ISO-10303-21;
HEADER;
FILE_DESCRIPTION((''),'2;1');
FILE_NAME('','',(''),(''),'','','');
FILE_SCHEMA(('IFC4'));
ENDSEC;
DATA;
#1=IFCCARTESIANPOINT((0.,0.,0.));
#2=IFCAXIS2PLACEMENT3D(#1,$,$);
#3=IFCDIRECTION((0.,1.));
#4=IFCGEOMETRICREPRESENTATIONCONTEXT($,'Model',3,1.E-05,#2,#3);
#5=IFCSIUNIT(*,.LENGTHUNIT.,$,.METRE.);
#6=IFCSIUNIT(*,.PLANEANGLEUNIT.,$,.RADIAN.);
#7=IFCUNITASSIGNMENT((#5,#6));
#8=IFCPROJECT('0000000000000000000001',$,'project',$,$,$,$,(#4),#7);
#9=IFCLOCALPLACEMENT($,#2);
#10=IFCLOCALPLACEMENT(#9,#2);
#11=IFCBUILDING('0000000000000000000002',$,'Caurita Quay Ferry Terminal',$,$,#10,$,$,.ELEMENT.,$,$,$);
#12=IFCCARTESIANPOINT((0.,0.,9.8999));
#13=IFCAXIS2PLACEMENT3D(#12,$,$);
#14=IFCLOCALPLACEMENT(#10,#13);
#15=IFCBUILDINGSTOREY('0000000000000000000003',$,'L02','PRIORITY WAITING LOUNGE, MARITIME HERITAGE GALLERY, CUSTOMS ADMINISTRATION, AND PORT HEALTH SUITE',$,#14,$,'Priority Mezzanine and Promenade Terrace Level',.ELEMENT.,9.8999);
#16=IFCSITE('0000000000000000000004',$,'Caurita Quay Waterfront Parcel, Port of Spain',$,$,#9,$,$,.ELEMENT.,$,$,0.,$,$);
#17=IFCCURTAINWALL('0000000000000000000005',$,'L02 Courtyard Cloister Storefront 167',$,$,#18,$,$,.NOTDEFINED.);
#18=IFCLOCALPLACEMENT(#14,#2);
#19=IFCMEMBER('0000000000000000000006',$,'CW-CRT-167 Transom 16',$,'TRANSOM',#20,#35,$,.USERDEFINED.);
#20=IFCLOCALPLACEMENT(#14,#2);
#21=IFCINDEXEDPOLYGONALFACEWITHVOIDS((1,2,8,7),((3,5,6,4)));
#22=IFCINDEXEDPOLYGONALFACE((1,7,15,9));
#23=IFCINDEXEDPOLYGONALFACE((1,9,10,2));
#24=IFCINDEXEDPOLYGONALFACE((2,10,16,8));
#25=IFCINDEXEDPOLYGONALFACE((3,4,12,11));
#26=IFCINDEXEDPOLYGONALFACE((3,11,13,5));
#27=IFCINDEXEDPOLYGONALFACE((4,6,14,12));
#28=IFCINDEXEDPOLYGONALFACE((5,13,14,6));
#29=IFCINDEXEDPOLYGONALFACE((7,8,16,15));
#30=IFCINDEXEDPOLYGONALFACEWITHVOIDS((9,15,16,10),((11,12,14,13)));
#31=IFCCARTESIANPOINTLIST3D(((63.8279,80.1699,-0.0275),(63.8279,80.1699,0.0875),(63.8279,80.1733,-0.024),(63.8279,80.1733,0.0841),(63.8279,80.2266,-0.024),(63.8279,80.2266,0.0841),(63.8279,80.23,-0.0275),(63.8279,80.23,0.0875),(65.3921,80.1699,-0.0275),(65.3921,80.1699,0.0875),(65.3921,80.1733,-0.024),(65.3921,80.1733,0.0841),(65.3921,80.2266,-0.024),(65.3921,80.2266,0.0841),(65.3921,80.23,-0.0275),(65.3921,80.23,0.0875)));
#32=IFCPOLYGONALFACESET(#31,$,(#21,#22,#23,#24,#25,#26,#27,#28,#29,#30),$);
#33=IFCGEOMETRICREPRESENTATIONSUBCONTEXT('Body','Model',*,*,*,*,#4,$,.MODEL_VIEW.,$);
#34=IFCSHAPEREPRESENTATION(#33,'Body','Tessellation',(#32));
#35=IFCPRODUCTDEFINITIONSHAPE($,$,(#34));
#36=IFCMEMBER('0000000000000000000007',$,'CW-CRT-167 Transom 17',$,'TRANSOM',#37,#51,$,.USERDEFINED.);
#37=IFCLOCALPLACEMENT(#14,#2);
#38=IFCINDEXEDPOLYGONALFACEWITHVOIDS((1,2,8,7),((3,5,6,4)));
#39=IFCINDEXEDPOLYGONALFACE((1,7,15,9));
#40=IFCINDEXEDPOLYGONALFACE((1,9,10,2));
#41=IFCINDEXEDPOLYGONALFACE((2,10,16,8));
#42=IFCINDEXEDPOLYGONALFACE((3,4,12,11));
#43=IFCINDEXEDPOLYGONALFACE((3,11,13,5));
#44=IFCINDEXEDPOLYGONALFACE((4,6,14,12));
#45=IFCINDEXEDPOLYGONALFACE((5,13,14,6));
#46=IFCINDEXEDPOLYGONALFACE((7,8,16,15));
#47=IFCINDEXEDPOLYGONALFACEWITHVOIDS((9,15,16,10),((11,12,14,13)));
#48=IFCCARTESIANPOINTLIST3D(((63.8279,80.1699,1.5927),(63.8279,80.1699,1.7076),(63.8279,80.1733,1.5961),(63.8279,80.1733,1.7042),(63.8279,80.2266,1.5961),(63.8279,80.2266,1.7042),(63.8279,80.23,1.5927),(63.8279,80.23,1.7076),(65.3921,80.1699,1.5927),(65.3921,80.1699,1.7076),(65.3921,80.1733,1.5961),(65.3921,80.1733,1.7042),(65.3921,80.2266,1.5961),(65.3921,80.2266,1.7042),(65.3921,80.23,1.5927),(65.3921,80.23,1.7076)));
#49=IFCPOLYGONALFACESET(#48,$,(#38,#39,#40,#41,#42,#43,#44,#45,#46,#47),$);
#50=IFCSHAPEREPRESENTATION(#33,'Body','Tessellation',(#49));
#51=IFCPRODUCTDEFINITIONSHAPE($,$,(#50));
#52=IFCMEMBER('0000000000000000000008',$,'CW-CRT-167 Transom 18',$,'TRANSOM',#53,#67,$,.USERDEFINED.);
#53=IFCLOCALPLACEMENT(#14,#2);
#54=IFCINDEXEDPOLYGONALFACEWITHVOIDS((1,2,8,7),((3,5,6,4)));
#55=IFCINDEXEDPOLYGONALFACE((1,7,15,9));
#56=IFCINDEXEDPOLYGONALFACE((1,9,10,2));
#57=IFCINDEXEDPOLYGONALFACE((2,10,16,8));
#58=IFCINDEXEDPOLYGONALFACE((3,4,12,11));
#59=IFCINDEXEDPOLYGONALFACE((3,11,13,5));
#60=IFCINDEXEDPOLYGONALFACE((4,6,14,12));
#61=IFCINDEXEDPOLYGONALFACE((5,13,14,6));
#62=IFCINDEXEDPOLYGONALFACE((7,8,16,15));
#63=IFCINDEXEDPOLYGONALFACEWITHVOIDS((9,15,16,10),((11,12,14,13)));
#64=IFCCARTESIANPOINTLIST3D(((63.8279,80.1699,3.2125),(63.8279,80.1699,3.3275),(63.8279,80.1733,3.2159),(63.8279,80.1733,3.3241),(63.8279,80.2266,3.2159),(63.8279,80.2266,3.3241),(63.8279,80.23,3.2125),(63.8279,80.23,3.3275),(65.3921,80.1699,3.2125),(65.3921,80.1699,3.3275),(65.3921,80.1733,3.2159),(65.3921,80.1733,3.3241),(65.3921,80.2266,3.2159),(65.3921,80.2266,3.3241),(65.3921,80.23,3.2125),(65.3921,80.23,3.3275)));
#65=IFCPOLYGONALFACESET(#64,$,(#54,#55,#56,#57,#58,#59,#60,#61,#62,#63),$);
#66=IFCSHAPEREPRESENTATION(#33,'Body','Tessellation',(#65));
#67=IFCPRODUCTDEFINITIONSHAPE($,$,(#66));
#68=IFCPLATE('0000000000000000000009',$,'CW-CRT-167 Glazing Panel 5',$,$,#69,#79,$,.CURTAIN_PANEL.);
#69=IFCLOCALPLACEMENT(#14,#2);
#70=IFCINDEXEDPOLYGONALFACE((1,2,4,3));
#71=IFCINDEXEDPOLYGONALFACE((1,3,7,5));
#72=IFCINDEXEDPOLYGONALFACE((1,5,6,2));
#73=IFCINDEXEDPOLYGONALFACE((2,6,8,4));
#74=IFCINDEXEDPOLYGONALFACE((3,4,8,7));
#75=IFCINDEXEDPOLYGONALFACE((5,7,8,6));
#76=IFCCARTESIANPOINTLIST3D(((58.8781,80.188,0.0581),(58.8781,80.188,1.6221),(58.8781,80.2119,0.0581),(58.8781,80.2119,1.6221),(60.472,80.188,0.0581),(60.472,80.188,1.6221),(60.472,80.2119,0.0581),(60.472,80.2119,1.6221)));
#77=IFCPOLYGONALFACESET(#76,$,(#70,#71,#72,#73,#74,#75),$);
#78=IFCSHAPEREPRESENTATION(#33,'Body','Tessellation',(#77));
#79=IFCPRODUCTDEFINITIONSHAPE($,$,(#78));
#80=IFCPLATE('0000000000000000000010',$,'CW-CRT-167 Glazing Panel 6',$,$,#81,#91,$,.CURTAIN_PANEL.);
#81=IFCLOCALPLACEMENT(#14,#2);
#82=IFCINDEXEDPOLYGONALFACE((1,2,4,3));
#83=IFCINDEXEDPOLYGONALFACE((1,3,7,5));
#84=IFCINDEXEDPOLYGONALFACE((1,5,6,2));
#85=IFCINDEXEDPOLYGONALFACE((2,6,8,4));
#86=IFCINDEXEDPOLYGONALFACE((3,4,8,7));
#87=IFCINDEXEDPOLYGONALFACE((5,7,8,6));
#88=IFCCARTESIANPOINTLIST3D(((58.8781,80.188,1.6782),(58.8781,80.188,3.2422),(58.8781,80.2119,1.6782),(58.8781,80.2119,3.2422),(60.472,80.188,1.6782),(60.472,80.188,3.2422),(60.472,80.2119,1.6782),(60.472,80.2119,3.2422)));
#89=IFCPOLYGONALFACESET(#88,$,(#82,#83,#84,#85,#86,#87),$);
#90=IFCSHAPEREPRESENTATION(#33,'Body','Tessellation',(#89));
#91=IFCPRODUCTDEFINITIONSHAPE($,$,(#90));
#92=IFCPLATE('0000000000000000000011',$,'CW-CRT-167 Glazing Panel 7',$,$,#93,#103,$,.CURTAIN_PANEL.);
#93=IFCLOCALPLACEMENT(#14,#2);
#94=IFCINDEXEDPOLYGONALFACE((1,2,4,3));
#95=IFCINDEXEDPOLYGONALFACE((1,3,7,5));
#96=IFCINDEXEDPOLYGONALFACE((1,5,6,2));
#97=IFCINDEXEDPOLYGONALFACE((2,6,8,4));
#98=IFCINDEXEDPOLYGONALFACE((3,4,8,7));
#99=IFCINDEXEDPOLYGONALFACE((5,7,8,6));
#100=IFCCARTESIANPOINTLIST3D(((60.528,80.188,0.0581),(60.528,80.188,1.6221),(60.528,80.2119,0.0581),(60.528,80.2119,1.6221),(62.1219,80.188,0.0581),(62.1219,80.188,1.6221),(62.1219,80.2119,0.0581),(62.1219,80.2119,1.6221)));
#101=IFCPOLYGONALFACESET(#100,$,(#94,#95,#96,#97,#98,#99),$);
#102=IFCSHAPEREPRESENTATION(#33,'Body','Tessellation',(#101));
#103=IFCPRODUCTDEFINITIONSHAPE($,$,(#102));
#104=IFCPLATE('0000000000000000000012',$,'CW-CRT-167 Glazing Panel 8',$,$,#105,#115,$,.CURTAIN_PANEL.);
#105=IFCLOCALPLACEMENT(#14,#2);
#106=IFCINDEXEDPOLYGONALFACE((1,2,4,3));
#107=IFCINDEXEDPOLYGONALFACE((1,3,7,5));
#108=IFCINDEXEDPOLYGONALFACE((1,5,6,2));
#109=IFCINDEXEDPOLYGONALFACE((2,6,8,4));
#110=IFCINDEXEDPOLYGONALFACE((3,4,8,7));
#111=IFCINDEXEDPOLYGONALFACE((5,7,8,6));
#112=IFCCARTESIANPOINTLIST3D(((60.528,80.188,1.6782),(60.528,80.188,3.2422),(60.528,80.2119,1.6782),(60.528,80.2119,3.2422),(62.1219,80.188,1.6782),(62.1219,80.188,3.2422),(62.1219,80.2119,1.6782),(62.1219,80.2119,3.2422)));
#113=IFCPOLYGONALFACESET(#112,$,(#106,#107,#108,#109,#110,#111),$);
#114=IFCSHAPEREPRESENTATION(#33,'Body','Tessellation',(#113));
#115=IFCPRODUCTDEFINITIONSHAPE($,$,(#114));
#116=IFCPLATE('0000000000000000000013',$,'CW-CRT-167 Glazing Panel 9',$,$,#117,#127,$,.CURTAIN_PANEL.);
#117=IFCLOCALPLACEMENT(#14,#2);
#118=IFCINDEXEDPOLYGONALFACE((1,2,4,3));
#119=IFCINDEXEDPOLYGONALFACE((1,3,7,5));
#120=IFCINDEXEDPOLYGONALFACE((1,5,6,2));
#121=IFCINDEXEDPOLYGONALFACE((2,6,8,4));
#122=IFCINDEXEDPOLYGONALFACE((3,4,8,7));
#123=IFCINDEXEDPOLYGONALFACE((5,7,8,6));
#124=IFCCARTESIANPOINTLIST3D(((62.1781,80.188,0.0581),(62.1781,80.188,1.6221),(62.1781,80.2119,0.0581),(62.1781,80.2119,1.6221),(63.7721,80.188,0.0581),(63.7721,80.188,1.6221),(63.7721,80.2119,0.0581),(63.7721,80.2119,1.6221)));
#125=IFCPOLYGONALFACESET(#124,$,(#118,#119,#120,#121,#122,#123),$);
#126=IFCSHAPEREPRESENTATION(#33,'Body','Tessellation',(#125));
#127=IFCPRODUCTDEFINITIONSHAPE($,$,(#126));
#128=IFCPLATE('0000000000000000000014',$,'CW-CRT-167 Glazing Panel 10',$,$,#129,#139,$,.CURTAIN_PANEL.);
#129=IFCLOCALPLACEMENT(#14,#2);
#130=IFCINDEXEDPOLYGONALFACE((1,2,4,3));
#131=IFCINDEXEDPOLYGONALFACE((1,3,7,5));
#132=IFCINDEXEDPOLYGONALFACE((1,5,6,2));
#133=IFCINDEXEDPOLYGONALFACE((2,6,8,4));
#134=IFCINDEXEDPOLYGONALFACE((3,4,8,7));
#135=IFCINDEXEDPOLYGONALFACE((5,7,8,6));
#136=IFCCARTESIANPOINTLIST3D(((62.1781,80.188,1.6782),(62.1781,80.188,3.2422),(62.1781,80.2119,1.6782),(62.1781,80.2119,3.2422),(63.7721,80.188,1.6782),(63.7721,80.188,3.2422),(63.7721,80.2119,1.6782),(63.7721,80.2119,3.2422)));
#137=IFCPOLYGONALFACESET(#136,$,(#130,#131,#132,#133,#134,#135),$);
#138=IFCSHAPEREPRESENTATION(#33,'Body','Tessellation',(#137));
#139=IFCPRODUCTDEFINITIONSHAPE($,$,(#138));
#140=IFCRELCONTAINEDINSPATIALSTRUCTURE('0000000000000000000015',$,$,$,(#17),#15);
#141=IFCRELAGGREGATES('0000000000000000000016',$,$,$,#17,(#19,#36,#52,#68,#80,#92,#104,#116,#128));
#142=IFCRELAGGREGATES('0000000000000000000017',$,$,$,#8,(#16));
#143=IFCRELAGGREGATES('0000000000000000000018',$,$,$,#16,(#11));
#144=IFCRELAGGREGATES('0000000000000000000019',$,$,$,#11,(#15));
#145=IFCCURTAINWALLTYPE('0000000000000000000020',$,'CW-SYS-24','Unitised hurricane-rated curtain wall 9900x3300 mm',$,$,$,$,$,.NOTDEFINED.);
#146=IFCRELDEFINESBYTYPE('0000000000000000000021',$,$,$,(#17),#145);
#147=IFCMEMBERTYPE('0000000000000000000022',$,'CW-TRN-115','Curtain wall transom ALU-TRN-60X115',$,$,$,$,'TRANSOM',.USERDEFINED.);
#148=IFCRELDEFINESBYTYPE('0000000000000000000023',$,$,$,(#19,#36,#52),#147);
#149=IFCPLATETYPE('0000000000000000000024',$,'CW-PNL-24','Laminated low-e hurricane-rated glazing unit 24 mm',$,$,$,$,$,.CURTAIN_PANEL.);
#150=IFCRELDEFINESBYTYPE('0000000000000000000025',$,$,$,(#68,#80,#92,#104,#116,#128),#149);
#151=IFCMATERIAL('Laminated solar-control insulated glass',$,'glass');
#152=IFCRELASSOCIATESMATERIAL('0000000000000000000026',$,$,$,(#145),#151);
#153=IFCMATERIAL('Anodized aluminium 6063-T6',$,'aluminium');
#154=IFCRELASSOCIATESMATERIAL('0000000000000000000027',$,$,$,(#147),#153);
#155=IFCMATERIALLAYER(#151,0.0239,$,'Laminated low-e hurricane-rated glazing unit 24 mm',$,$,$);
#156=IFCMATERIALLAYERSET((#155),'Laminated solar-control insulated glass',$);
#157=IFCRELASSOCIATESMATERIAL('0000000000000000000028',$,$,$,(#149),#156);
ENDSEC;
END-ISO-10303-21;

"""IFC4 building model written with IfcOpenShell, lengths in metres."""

from ifc_helpers import new_model, si_unit, direction, frame, origin, origin_2d, place, context, subcontext, project, spatial, rectangle, hollow_rectangle, extrude, material, layer, layer_set, material_profile, profile_set, type_object, element, aggregate, save


model = new_model("IFC4")

# Units and contexts
model_context = context("Model", 3, precision=1e-05, world=origin(), true_north=direction((0.0, 1.0)))
body_context = subcontext(model_context, "Body", "Model", "MODEL_VIEW")
ifc_project = project(units=[si_unit("LENGTHUNIT", "METRE"), si_unit("PLANEANGLEUNIT", "RADIAN")], contexts=[model_context])

# Site, building, storey
site_placement = place(None, origin())
site = spatial("IfcSite", under=ifc_project, at=site_placement, Name="Caurita Quay Waterfront Parcel, Port of Spain", CompositionType="ELEMENT", RefElevation=0.0)
building_placement = place(site_placement, origin())
building = spatial("IfcBuilding", under=site, at=building_placement, Name="Caurita Quay Ferry Terminal", CompositionType="ELEMENT")
storey_placement = place(building_placement, frame((0.0, 0.0, 9.8999)))
storey = spatial("IfcBuildingStorey", under=building, at=storey_placement, Name="L02", Description="PRIORITY WAITING LOUNGE, MARITIME HERITAGE GALLERY, CUSTOMS ADMINISTRATION, AND PORT HEALTH SUITE", LongName="Priority Mezzanine and Promenade Terrace Level", CompositionType="ELEMENT", Elevation=9.8999)

# Curtain wall, members, plates
ifc_material_1 = material(Name="Laminated solar-control insulated glass", Category="glass")
curtain_wall_type = type_object("IfcCurtainWallType", Name="CW-SYS-24", Description="Unitised hurricane-rated curtain wall 9900x3300 mm", PredefinedType="NOTDEFINED", material=ifc_material_1)
curtain_wall_placement = place(storey_placement, origin())
curtain_wall = element("IfcCurtainWall", 1, at=curtain_wall_placement, inside=storey, type_object=curtain_wall_type, Name="L02 Courtyard Cloister Storefront 167", PredefinedType="NOTDEFINED")
ifc_material_2 = material(Name="Anodized aluminium 6063-T6", Category="aluminium")
ifc_material_profile_1 = material_profile(ifc_material_2, hollow_rectangle(XDim=0.0601, YDim=0.115, WallThickness=0.0034, at=origin_2d()), Name="ALU-TRN-60X115")
ifc_profile_set_1 = profile_set([ifc_material_profile_1], Name="Anodized aluminium 6063-T6")
member_type_1 = type_object("IfcMemberType", Name="CW-TRN-115", Description="Curtain wall transom ALU-TRN-60X115", ElementType="TRANSOM", PredefinedType="USERDEFINED", material=ifc_profile_set_1)
member_1_placement = place(storey_placement, frame((63.8279, 80.2, 0.03), z_axis=(1.0, 0.0, 0.0), x_axis=(0.0, 1.0, 0.0)))
member_1 = element("IfcMember", 2, at=member_1_placement, type_object=member_type_1, Name="CW-CRT-167 Transom 16", ObjectType="TRANSOM", PredefinedType="USERDEFINED", context=body_context, shape_type="SweptSolid", body=[
    extrude(hollow_rectangle(XDim=0.0601, YDim=0.115, WallThickness=0.0034, at=origin_2d()), origin(), (0.0, 0.0, 1.0), 1.5642),
])
member_2_placement = place(storey_placement, frame((63.8279, 80.2, 1.6501), z_axis=(1.0, 0.0, 0.0), x_axis=(0.0, 1.0, 0.0)))
member_2 = element("IfcMember", 3, at=member_2_placement, type_object=member_type_1, Name="CW-CRT-167 Transom 17", ObjectType="TRANSOM", PredefinedType="USERDEFINED", context=body_context, shape_type="SweptSolid", body=[
    extrude(hollow_rectangle(XDim=0.0601, YDim=0.115, WallThickness=0.0034, at=origin_2d()), origin(), (0.0, 0.0, 1.0), 1.5642),
])
member_3_placement = place(storey_placement, frame((63.8279, 80.2, 3.27), z_axis=(1.0, 0.0, 0.0), x_axis=(0.0, 1.0, 0.0)))
member_3 = element("IfcMember", 4, at=member_3_placement, type_object=member_type_1, Name="CW-CRT-167 Transom 18", ObjectType="TRANSOM", PredefinedType="USERDEFINED", context=body_context, shape_type="SweptSolid", body=[
    extrude(hollow_rectangle(XDim=0.0601, YDim=0.115, WallThickness=0.0034, at=origin_2d()), origin(), (0.0, 0.0, 1.0), 1.5642),
])
ifc_layer = layer(ifc_material_1, 0.0239, Name="Laminated low-e hurricane-rated glazing unit 24 mm")
ifc_layer_set = layer_set([ifc_layer], Name="Laminated solar-control insulated glass")
plate_type = type_object("IfcPlateType", Name="CW-PNL-24", Description="Laminated low-e hurricane-rated glazing unit 24 mm", PredefinedType="CURTAIN_PANEL", material=ifc_layer_set)
plate_1_placement = place(storey_placement, frame((59.675, 80.2, 0.0581), z_axis=(0.0, 0.0, 1.0), x_axis=(1.0, 0.0, 0.0)))
plate_1 = element("IfcPlate", 5, at=plate_1_placement, type_object=plate_type, Name="CW-CRT-167 Glazing Panel 5", PredefinedType="CURTAIN_PANEL", context=body_context, shape_type="SweptSolid", body=[
    extrude(rectangle(XDim=1.594, YDim=0.0239, at=origin_2d()), origin(), (0.0, 0.0, 1.0), 1.564),
])
plate_2_placement = place(storey_placement, frame((59.675, 80.2, 1.6782), z_axis=(0.0, 0.0, 1.0), x_axis=(1.0, 0.0, 0.0)))
plate_2 = element("IfcPlate", 6, at=plate_2_placement, type_object=plate_type, Name="CW-CRT-167 Glazing Panel 6", PredefinedType="CURTAIN_PANEL", context=body_context, shape_type="SweptSolid", body=[
    extrude(rectangle(XDim=1.594, YDim=0.0239, at=origin_2d()), origin(), (0.0, 0.0, 1.0), 1.564),
])
plate_3_placement = place(storey_placement, frame((61.325, 80.2, 0.0581), z_axis=(0.0, 0.0, 1.0), x_axis=(1.0, 0.0, 0.0)))
plate_3 = element("IfcPlate", 7, at=plate_3_placement, type_object=plate_type, Name="CW-CRT-167 Glazing Panel 7", PredefinedType="CURTAIN_PANEL", context=body_context, shape_type="SweptSolid", body=[
    extrude(rectangle(XDim=1.594, YDim=0.0239, at=origin_2d()), origin(), (0.0, 0.0, 1.0), 1.564),
])
plate_4_placement = place(storey_placement, frame((61.325, 80.2, 1.6782), z_axis=(0.0, 0.0, 1.0), x_axis=(1.0, 0.0, 0.0)))
plate_4 = element("IfcPlate", 8, at=plate_4_placement, type_object=plate_type, Name="CW-CRT-167 Glazing Panel 8", PredefinedType="CURTAIN_PANEL", context=body_context, shape_type="SweptSolid", body=[
    extrude(rectangle(XDim=1.594, YDim=0.0239, at=origin_2d()), origin(), (0.0, 0.0, 1.0), 1.564),
])
plate_5_placement = place(storey_placement, frame((62.9751, 80.2, 0.0581), z_axis=(0.0, 0.0, 1.0), x_axis=(1.0, 0.0, 0.0)))
plate_5 = element("IfcPlate", 9, at=plate_5_placement, type_object=plate_type, Name="CW-CRT-167 Glazing Panel 9", PredefinedType="CURTAIN_PANEL", context=body_context, shape_type="SweptSolid", body=[
    extrude(rectangle(XDim=1.594, YDim=0.0239, at=origin_2d()), origin(), (0.0, 0.0, 1.0), 1.564),
])
plate_6_placement = place(storey_placement, frame((62.9751, 80.2, 1.6782), z_axis=(0.0, 0.0, 1.0), x_axis=(1.0, 0.0, 0.0)))
plate_6 = element("IfcPlate", 10, at=plate_6_placement, type_object=plate_type, Name="CW-CRT-167 Glazing Panel 10", PredefinedType="CURTAIN_PANEL", context=body_context, shape_type="SweptSolid", body=[
    extrude(rectangle(XDim=1.594, YDim=0.0239, at=origin_2d()), origin(), (0.0, 0.0, 1.0), 1.564),
])
aggregate(curtain_wall, [member_1, member_2, member_3, plate_1, plate_2, plate_3, plate_4, plate_5, plate_6])

save(model, "model.ifc")
